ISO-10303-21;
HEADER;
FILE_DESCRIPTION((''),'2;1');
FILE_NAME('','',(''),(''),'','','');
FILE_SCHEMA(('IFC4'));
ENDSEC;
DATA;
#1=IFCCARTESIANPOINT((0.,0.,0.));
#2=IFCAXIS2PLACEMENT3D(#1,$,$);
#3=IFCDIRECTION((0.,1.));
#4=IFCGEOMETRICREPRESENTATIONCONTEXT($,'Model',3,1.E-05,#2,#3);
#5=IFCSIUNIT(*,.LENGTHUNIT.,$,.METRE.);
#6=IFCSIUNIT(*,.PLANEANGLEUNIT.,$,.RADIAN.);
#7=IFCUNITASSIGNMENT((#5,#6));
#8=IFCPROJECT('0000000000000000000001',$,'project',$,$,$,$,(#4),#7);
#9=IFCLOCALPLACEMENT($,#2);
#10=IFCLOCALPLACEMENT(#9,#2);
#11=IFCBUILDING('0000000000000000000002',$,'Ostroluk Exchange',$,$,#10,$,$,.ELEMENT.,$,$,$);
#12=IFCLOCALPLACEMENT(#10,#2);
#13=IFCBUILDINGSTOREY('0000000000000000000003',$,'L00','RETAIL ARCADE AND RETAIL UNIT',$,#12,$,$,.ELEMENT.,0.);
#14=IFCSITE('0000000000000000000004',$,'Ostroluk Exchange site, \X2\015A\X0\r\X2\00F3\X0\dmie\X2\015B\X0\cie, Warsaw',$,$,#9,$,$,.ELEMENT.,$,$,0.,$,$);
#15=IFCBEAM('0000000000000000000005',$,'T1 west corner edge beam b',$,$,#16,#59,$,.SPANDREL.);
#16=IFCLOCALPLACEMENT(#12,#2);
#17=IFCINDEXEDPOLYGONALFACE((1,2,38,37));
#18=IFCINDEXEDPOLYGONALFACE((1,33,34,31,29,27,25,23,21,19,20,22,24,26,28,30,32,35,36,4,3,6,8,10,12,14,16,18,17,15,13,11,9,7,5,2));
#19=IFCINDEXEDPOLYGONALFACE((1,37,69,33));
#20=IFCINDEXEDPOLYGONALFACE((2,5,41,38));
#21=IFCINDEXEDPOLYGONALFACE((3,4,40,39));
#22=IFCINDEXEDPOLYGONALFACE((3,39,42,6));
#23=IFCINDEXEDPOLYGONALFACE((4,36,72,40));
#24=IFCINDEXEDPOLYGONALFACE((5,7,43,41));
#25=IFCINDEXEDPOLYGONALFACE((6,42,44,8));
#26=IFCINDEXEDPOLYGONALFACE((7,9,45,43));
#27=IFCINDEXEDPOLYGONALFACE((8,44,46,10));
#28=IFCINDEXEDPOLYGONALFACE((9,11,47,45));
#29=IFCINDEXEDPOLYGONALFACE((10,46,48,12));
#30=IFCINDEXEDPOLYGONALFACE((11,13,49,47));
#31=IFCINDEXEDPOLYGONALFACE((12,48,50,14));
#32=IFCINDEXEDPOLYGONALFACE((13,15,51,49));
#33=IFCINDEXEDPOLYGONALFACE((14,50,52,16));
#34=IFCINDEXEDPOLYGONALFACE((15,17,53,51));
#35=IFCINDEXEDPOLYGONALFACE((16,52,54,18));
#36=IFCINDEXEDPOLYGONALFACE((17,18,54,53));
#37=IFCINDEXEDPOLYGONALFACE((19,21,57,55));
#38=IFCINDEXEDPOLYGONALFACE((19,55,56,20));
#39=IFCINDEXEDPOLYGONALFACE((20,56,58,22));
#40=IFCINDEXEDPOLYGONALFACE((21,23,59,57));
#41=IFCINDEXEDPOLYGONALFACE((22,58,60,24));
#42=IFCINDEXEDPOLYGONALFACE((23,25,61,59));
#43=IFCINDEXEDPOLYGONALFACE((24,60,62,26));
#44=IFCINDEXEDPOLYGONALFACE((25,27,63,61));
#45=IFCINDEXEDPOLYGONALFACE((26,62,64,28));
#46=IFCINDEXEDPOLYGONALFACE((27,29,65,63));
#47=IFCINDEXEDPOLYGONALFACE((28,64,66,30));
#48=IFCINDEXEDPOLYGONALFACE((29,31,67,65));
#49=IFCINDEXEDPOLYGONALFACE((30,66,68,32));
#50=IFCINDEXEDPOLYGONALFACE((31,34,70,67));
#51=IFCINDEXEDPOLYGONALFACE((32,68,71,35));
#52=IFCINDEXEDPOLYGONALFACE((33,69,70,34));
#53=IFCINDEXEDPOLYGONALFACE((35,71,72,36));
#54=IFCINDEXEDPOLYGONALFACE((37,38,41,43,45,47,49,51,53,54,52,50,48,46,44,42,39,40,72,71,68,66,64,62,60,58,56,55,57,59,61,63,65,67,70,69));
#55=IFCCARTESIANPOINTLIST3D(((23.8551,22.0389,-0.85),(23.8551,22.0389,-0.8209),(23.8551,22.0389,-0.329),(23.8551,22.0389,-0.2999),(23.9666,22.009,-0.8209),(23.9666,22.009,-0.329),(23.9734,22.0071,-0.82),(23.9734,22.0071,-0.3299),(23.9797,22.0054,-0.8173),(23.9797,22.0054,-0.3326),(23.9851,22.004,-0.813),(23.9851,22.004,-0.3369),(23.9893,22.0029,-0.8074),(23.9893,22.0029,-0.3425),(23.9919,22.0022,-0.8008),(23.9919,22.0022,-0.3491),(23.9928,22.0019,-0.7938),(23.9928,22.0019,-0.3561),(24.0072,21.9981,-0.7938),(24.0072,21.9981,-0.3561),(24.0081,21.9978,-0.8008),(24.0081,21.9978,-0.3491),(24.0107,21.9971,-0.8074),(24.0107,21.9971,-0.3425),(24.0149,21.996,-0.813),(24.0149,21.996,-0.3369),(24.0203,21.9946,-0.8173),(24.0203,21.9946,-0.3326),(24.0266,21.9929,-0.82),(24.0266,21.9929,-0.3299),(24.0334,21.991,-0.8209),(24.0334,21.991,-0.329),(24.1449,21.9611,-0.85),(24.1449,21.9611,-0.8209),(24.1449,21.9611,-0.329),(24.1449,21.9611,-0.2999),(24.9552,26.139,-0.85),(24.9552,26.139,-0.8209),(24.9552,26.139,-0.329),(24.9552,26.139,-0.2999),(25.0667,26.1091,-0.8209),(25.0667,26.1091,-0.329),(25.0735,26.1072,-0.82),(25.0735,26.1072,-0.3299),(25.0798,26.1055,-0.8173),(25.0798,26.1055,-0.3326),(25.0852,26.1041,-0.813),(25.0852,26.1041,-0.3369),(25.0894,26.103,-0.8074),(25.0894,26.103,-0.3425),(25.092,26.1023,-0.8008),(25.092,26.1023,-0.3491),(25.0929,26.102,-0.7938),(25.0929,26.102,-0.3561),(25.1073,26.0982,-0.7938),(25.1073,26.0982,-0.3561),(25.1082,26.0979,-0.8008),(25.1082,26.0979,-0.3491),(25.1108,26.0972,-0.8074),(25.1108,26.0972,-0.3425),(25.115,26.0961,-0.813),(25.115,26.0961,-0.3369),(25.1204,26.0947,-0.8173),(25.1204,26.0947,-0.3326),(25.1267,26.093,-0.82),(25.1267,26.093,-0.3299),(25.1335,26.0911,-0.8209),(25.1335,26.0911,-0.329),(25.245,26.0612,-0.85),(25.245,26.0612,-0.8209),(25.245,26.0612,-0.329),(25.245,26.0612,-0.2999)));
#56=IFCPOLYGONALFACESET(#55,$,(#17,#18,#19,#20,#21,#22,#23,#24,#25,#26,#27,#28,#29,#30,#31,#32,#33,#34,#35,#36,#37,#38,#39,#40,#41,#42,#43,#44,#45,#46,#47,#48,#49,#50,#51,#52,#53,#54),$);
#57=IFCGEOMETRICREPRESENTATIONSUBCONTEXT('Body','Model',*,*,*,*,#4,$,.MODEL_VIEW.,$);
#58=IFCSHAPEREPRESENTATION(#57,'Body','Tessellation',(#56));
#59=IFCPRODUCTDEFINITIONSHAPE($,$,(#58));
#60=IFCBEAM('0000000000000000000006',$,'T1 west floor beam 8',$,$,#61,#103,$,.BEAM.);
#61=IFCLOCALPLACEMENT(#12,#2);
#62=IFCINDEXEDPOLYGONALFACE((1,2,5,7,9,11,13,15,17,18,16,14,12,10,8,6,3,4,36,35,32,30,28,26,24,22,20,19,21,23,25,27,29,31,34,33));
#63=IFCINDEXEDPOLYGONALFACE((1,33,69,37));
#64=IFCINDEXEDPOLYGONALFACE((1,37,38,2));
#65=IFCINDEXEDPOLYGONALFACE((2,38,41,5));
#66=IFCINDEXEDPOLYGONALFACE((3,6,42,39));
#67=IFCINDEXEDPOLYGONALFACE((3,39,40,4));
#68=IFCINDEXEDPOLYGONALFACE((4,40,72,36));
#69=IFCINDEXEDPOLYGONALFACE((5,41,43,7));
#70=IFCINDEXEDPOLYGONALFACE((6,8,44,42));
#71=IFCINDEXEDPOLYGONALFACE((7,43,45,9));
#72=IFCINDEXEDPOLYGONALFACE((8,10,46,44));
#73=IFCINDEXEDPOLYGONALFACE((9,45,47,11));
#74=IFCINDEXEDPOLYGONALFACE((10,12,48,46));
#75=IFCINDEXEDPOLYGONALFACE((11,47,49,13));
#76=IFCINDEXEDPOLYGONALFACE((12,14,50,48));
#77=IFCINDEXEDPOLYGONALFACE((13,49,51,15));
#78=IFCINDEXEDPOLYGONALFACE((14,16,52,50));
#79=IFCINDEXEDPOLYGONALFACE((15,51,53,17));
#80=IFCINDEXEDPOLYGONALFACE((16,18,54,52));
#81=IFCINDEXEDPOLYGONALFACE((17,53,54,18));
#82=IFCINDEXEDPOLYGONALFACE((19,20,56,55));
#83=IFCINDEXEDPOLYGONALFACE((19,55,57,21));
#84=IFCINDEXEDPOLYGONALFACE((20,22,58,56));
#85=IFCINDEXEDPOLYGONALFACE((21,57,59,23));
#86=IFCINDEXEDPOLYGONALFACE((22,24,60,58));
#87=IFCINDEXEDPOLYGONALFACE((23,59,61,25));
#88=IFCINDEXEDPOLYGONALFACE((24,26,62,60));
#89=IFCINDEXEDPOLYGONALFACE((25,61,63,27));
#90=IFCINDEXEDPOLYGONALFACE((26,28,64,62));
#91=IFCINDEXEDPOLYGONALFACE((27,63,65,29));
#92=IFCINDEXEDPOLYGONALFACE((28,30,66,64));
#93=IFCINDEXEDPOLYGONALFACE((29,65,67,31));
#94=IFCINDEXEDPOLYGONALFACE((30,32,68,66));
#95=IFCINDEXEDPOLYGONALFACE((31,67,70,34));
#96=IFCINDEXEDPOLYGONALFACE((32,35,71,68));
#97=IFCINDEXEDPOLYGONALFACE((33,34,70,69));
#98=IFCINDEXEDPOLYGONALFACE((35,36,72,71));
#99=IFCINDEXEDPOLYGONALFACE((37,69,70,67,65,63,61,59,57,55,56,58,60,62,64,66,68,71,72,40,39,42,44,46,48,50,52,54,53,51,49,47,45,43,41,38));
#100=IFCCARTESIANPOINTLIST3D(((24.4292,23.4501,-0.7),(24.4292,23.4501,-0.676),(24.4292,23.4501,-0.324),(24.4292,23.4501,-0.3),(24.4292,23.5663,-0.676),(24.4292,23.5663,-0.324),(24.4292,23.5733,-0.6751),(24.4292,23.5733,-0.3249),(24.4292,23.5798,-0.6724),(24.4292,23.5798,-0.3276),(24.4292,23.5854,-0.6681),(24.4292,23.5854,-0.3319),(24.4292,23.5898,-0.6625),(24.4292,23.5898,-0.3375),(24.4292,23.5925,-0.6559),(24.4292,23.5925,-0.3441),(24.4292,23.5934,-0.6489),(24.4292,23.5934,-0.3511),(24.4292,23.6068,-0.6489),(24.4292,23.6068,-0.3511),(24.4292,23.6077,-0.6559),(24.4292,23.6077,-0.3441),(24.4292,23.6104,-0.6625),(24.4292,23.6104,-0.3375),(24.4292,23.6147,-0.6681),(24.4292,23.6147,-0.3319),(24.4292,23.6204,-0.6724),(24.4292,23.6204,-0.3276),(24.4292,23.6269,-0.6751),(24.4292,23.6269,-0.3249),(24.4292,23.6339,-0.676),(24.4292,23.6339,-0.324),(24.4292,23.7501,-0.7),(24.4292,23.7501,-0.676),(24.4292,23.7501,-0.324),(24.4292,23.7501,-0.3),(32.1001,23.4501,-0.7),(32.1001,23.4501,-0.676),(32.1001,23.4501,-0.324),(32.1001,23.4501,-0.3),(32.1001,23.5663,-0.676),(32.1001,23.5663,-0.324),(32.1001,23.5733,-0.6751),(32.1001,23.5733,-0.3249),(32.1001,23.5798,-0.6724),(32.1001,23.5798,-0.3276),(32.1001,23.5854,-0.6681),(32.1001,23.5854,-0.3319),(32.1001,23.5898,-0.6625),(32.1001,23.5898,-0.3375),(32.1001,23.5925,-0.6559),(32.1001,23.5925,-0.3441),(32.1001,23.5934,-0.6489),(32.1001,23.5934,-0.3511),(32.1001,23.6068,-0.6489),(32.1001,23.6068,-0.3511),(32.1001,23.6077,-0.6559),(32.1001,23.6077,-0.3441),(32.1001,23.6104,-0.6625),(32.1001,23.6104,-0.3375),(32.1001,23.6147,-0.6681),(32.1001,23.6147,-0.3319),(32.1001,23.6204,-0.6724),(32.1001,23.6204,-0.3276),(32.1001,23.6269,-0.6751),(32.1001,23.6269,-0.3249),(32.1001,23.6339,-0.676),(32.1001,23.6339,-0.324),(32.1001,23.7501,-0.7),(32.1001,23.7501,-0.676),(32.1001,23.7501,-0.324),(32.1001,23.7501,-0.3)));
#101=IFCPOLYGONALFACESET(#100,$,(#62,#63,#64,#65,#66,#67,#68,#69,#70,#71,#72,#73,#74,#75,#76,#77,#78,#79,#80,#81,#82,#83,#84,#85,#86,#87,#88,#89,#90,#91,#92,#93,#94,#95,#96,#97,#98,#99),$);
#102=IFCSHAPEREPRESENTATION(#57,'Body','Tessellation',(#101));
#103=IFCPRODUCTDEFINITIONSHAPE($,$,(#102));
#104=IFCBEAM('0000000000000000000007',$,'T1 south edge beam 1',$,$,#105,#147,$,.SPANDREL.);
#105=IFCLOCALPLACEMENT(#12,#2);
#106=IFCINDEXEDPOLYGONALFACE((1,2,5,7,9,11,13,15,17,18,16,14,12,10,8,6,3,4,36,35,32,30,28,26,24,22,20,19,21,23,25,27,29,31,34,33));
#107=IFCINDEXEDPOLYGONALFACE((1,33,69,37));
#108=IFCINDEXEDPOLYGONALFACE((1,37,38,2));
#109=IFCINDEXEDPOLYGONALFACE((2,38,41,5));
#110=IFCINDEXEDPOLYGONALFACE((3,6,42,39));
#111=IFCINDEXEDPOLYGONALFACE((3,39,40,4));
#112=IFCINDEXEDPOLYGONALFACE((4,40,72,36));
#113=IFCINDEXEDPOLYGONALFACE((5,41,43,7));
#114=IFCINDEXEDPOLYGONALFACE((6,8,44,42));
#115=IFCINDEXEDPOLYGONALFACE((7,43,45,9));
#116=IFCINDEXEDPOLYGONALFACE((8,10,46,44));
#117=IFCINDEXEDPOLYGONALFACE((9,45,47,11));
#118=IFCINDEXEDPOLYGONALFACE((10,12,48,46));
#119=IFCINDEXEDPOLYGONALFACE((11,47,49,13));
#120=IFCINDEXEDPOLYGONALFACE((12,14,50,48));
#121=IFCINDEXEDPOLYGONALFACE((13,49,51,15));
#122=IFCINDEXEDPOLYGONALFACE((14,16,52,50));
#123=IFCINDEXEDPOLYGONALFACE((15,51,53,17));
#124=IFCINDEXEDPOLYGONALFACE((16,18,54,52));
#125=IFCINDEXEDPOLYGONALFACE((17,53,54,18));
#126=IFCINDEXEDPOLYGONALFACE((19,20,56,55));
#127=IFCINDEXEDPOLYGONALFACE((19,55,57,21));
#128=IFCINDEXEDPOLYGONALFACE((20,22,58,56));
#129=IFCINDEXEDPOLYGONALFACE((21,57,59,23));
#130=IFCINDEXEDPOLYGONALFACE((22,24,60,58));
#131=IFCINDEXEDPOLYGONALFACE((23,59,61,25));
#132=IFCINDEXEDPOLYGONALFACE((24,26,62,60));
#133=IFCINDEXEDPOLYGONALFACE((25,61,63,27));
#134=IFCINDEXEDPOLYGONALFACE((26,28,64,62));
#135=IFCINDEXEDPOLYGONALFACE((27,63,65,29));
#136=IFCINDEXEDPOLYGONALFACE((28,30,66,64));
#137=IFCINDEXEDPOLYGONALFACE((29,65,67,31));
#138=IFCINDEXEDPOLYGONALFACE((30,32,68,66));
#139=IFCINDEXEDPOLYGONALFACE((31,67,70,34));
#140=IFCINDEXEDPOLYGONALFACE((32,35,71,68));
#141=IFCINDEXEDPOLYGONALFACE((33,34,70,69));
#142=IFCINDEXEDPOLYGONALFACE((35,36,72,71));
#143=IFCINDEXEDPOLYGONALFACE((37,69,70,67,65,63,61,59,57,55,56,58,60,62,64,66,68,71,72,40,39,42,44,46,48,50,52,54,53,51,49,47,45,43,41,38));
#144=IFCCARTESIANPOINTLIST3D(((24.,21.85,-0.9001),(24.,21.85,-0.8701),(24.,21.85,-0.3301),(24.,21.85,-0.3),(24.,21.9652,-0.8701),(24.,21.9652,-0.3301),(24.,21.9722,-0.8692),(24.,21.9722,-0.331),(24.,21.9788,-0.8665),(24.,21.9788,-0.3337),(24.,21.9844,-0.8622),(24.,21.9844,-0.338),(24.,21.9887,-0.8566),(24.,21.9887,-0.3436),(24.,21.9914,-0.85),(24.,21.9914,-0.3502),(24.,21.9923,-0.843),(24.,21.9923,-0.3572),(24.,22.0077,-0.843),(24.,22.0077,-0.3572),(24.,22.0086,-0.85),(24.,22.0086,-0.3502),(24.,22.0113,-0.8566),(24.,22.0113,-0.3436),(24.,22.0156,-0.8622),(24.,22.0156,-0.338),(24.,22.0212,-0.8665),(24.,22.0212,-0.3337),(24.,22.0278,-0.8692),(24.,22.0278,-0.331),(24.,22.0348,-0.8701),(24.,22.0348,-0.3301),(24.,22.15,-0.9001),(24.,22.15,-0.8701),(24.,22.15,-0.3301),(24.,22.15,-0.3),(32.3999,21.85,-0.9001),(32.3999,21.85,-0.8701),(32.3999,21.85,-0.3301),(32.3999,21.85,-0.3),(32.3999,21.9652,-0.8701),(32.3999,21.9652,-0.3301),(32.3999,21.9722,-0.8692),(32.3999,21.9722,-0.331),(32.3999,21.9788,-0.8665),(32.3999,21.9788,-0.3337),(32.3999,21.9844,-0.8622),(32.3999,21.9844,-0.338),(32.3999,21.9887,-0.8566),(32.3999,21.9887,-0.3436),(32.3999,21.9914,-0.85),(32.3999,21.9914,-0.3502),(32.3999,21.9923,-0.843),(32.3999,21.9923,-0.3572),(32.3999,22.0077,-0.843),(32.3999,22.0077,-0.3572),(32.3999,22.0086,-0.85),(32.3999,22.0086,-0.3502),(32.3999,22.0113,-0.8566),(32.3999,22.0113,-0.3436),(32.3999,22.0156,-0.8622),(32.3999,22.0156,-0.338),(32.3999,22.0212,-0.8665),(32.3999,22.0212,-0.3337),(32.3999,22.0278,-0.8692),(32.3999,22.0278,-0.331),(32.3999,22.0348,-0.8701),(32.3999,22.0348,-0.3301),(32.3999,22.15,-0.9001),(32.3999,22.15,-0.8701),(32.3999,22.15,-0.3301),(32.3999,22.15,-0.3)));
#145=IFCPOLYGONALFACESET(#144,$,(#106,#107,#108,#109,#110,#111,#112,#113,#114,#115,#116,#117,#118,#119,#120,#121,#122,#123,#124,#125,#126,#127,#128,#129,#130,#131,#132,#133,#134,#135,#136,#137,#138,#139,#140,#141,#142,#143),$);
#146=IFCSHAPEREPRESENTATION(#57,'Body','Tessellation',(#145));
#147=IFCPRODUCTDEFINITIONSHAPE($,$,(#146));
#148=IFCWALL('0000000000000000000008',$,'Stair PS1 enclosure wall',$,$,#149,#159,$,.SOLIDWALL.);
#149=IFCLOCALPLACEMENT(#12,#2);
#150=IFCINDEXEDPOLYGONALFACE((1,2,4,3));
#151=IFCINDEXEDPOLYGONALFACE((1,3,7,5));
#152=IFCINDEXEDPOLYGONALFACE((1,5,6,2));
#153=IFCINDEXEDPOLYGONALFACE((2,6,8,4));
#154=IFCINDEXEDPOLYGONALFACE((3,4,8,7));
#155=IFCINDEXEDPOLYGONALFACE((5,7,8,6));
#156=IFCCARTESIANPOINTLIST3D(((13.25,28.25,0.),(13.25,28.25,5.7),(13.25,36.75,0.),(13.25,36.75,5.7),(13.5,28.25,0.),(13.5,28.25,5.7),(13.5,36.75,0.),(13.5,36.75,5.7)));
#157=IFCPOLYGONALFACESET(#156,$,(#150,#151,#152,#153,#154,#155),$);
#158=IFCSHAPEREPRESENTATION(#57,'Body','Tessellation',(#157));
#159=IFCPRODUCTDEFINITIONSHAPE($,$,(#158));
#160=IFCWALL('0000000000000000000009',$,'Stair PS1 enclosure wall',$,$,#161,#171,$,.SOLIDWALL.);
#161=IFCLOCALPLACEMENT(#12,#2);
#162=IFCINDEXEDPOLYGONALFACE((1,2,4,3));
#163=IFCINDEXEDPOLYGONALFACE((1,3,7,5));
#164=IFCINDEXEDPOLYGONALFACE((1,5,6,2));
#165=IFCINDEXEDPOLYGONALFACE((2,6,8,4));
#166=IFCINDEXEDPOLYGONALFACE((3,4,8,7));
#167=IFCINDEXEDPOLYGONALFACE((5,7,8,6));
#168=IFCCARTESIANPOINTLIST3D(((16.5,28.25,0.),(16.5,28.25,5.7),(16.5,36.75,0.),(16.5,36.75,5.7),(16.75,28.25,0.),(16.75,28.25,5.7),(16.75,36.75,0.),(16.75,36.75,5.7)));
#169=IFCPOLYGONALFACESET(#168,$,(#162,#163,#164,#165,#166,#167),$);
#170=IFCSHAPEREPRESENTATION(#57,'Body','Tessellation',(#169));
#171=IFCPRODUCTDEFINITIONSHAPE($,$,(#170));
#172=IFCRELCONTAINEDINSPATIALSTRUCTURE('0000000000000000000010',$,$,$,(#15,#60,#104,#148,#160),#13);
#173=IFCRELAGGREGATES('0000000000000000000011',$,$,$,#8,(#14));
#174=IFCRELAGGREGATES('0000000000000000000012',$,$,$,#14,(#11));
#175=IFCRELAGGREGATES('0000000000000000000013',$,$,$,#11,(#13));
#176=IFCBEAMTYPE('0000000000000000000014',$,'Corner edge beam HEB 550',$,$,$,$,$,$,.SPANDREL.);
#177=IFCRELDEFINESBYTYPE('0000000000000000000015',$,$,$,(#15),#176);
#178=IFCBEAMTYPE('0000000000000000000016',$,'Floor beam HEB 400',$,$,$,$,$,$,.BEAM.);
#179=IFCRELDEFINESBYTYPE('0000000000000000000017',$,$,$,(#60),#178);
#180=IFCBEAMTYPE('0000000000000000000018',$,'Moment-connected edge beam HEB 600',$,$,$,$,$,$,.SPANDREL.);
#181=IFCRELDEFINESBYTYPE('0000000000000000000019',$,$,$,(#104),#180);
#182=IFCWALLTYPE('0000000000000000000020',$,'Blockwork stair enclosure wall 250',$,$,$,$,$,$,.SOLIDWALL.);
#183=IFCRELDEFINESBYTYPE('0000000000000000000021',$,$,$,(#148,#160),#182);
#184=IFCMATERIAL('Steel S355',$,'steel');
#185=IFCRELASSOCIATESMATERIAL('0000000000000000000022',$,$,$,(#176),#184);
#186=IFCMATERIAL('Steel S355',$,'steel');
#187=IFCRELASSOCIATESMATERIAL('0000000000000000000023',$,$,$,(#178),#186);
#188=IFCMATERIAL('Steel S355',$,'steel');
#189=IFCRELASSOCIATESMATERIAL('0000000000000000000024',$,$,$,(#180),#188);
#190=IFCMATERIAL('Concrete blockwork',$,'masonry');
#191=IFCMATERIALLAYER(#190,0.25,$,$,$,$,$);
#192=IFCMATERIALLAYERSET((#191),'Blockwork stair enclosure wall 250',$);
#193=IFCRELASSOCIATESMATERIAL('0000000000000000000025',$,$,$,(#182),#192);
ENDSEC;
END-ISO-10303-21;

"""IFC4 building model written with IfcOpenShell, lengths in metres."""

from ifc_helpers import new_model, si_unit, direction, frame, frame_2d, origin, origin_2d, place, context, subcontext, project, spatial, rectangle, i_section, extrude, material, layer, layer_set, material_profile, profile_set, type_object, element, save


model = new_model("IFC4")

# Units and contexts
model_context = context("Model", 3, precision=1e-05, world=origin(), true_north=direction((0.0, 1.0)))
body_context = subcontext(model_context, "Body", "Model", "MODEL_VIEW")
ifc_project = project(units=[si_unit("LENGTHUNIT", "METRE"), si_unit("PLANEANGLEUNIT", "RADIAN")], contexts=[model_context])

# Site, building, storey
site_placement = place(None, origin())
site = spatial("IfcSite", under=ifc_project, at=site_placement, Name="Ostroluk Exchange site, Śródmieście, Warsaw", CompositionType="ELEMENT", RefElevation=0.0)
building_placement = place(site_placement, origin())
building = spatial("IfcBuilding", under=site, at=building_placement, Name="Ostroluk Exchange", CompositionType="ELEMENT")
storey_placement = place(building_placement, origin())
storey = spatial("IfcBuildingStorey", under=building, at=storey_placement, Name="L00", Description="RETAIL ARCADE AND RETAIL UNIT", CompositionType="ELEMENT", Elevation=0.0)

# Beams
ifc_material_1 = material(Name="Steel S355", Category="steel")
ifc_material_profile_1 = material_profile(ifc_material_1, i_section(OverallWidth=0.3, OverallDepth=0.55, WebThickness=0.0149, FlangeThickness=0.0291, FilletRadius=0.0271, at=origin_2d()), Name="HEB 550")
ifc_profile_set_1 = profile_set([ifc_material_profile_1], Name="Steel S355")
beam_type_1 = type_object("IfcBeamType", Name="Corner edge beam HEB 550", PredefinedType="SPANDREL", material=ifc_profile_set_1)
for number, where, z_axis, x_axis, name in (
    (1, (25.1001, 26.1001, -0.575), (-0.259144, -0.965839, 0.0), (0.965839, -0.259144, 0.0), "T1 west corner edge beam b"),
):
    element("IfcBeam", number, at=place(storey_placement, frame(where, z_axis=z_axis, x_axis=x_axis)), inside=storey, type_object=beam_type_1, Name=name, PredefinedType="SPANDREL", context=body_context, shape_type="SweptSolid", body=[
        extrude(i_section(OverallWidth=0.3, OverallDepth=0.55, WebThickness=0.0149, FlangeThickness=0.0291, FilletRadius=0.0271, at=origin_2d()), origin(), (0.0, 0.0, 1.0), 4.2451),
    ])
ifc_material_2 = material(Name="Steel S355", Category="steel")
ifc_material_profile_2 = material_profile(ifc_material_2, i_section(OverallWidth=0.3, OverallDepth=0.3999, WebThickness=0.0134, FlangeThickness=0.0239, FilletRadius=0.0271, at=origin_2d()), Name="HEB 400")
ifc_profile_set_2 = profile_set([ifc_material_profile_2], Name="Steel S355")
beam_type_2 = type_object("IfcBeamType", Name="Floor beam HEB 400", PredefinedType="BEAM", material=ifc_profile_set_2)
beam_1_placement = place(storey_placement, frame((32.1001, 23.6001, -0.5), z_axis=(-1.0, 0.0, 0.0), x_axis=(0.0, -1.0, 0.0)))
element("IfcBeam", 2, at=beam_1_placement, inside=storey, type_object=beam_type_2, Name="T1 west floor beam 8", PredefinedType="BEAM", context=body_context, shape_type="SweptSolid", body=[
    extrude(i_section(OverallWidth=0.3, OverallDepth=0.3999, WebThickness=0.0134, FlangeThickness=0.0239, FilletRadius=0.0271, at=origin_2d()), origin(), (0.0, 0.0, 1.0), 7.6709),
])
ifc_material_3 = material(Name="Steel S355", Category="steel")
ifc_material_profile_3 = material_profile(ifc_material_3, i_section(OverallWidth=0.3, OverallDepth=0.6001, WebThickness=0.0154, FlangeThickness=0.03, FilletRadius=0.0271, at=origin_2d()), Name="HEB 600")
ifc_profile_set_3 = profile_set([ifc_material_profile_3], Name="Steel S355")
beam_type_3 = type_object("IfcBeamType", Name="Moment-connected edge beam HEB 600", PredefinedType="SPANDREL", material=ifc_profile_set_3)
beam_2_placement = place(storey_placement, frame((24.0, 22.0, -0.6001), z_axis=(1.0, 0.0, 0.0), x_axis=(0.0, 1.0, 0.0)))
element("IfcBeam", 3, at=beam_2_placement, inside=storey, type_object=beam_type_3, Name="T1 south edge beam 1", PredefinedType="SPANDREL", context=body_context, shape_type="SweptSolid", body=[
    extrude(i_section(OverallWidth=0.3, OverallDepth=0.6001, WebThickness=0.0154, FlangeThickness=0.03, FilletRadius=0.0271, at=origin_2d()), origin(), (0.0, 0.0, 1.0), 8.3999),
])

# Walls
ifc_material_4 = material(Name="Concrete blockwork", Category="masonry")
ifc_layer_1 = layer(ifc_material_4, 0.25)
ifc_layer_set_1 = layer_set([ifc_layer_1], Name="Blockwork stair enclosure wall 250")
wall_type_1 = type_object("IfcWallType", Name="Blockwork stair enclosure wall 250", PredefinedType="SOLIDWALL", material=ifc_layer_set_1)
for number, where, z_axis, x_axis, name in (
    (4, (13.375, 28.25, 0.0), (0.0, 0.0, 1.0), (0.0, 1.0, 0.0), "Stair PS1 enclosure wall"),
    (5, (16.625, 28.25, 0.0), (0.0, 0.0, 1.0), (0.0, 1.0, 0.0), "Stair PS1 enclosure wall"),
):
    element("IfcWall", number, at=place(storey_placement, frame(where, z_axis=z_axis, x_axis=x_axis)), inside=storey, type_object=wall_type_1, Name=name, PredefinedType="SOLIDWALL", context=body_context, shape_type="SweptSolid", body=[
        extrude(rectangle(XDim=8.5, YDim=0.25, at=frame_2d((4.25, 0.0))), origin(), (0.0, 0.0, 1.0), 5.7),
    ])

save(model, "model.ifc")
